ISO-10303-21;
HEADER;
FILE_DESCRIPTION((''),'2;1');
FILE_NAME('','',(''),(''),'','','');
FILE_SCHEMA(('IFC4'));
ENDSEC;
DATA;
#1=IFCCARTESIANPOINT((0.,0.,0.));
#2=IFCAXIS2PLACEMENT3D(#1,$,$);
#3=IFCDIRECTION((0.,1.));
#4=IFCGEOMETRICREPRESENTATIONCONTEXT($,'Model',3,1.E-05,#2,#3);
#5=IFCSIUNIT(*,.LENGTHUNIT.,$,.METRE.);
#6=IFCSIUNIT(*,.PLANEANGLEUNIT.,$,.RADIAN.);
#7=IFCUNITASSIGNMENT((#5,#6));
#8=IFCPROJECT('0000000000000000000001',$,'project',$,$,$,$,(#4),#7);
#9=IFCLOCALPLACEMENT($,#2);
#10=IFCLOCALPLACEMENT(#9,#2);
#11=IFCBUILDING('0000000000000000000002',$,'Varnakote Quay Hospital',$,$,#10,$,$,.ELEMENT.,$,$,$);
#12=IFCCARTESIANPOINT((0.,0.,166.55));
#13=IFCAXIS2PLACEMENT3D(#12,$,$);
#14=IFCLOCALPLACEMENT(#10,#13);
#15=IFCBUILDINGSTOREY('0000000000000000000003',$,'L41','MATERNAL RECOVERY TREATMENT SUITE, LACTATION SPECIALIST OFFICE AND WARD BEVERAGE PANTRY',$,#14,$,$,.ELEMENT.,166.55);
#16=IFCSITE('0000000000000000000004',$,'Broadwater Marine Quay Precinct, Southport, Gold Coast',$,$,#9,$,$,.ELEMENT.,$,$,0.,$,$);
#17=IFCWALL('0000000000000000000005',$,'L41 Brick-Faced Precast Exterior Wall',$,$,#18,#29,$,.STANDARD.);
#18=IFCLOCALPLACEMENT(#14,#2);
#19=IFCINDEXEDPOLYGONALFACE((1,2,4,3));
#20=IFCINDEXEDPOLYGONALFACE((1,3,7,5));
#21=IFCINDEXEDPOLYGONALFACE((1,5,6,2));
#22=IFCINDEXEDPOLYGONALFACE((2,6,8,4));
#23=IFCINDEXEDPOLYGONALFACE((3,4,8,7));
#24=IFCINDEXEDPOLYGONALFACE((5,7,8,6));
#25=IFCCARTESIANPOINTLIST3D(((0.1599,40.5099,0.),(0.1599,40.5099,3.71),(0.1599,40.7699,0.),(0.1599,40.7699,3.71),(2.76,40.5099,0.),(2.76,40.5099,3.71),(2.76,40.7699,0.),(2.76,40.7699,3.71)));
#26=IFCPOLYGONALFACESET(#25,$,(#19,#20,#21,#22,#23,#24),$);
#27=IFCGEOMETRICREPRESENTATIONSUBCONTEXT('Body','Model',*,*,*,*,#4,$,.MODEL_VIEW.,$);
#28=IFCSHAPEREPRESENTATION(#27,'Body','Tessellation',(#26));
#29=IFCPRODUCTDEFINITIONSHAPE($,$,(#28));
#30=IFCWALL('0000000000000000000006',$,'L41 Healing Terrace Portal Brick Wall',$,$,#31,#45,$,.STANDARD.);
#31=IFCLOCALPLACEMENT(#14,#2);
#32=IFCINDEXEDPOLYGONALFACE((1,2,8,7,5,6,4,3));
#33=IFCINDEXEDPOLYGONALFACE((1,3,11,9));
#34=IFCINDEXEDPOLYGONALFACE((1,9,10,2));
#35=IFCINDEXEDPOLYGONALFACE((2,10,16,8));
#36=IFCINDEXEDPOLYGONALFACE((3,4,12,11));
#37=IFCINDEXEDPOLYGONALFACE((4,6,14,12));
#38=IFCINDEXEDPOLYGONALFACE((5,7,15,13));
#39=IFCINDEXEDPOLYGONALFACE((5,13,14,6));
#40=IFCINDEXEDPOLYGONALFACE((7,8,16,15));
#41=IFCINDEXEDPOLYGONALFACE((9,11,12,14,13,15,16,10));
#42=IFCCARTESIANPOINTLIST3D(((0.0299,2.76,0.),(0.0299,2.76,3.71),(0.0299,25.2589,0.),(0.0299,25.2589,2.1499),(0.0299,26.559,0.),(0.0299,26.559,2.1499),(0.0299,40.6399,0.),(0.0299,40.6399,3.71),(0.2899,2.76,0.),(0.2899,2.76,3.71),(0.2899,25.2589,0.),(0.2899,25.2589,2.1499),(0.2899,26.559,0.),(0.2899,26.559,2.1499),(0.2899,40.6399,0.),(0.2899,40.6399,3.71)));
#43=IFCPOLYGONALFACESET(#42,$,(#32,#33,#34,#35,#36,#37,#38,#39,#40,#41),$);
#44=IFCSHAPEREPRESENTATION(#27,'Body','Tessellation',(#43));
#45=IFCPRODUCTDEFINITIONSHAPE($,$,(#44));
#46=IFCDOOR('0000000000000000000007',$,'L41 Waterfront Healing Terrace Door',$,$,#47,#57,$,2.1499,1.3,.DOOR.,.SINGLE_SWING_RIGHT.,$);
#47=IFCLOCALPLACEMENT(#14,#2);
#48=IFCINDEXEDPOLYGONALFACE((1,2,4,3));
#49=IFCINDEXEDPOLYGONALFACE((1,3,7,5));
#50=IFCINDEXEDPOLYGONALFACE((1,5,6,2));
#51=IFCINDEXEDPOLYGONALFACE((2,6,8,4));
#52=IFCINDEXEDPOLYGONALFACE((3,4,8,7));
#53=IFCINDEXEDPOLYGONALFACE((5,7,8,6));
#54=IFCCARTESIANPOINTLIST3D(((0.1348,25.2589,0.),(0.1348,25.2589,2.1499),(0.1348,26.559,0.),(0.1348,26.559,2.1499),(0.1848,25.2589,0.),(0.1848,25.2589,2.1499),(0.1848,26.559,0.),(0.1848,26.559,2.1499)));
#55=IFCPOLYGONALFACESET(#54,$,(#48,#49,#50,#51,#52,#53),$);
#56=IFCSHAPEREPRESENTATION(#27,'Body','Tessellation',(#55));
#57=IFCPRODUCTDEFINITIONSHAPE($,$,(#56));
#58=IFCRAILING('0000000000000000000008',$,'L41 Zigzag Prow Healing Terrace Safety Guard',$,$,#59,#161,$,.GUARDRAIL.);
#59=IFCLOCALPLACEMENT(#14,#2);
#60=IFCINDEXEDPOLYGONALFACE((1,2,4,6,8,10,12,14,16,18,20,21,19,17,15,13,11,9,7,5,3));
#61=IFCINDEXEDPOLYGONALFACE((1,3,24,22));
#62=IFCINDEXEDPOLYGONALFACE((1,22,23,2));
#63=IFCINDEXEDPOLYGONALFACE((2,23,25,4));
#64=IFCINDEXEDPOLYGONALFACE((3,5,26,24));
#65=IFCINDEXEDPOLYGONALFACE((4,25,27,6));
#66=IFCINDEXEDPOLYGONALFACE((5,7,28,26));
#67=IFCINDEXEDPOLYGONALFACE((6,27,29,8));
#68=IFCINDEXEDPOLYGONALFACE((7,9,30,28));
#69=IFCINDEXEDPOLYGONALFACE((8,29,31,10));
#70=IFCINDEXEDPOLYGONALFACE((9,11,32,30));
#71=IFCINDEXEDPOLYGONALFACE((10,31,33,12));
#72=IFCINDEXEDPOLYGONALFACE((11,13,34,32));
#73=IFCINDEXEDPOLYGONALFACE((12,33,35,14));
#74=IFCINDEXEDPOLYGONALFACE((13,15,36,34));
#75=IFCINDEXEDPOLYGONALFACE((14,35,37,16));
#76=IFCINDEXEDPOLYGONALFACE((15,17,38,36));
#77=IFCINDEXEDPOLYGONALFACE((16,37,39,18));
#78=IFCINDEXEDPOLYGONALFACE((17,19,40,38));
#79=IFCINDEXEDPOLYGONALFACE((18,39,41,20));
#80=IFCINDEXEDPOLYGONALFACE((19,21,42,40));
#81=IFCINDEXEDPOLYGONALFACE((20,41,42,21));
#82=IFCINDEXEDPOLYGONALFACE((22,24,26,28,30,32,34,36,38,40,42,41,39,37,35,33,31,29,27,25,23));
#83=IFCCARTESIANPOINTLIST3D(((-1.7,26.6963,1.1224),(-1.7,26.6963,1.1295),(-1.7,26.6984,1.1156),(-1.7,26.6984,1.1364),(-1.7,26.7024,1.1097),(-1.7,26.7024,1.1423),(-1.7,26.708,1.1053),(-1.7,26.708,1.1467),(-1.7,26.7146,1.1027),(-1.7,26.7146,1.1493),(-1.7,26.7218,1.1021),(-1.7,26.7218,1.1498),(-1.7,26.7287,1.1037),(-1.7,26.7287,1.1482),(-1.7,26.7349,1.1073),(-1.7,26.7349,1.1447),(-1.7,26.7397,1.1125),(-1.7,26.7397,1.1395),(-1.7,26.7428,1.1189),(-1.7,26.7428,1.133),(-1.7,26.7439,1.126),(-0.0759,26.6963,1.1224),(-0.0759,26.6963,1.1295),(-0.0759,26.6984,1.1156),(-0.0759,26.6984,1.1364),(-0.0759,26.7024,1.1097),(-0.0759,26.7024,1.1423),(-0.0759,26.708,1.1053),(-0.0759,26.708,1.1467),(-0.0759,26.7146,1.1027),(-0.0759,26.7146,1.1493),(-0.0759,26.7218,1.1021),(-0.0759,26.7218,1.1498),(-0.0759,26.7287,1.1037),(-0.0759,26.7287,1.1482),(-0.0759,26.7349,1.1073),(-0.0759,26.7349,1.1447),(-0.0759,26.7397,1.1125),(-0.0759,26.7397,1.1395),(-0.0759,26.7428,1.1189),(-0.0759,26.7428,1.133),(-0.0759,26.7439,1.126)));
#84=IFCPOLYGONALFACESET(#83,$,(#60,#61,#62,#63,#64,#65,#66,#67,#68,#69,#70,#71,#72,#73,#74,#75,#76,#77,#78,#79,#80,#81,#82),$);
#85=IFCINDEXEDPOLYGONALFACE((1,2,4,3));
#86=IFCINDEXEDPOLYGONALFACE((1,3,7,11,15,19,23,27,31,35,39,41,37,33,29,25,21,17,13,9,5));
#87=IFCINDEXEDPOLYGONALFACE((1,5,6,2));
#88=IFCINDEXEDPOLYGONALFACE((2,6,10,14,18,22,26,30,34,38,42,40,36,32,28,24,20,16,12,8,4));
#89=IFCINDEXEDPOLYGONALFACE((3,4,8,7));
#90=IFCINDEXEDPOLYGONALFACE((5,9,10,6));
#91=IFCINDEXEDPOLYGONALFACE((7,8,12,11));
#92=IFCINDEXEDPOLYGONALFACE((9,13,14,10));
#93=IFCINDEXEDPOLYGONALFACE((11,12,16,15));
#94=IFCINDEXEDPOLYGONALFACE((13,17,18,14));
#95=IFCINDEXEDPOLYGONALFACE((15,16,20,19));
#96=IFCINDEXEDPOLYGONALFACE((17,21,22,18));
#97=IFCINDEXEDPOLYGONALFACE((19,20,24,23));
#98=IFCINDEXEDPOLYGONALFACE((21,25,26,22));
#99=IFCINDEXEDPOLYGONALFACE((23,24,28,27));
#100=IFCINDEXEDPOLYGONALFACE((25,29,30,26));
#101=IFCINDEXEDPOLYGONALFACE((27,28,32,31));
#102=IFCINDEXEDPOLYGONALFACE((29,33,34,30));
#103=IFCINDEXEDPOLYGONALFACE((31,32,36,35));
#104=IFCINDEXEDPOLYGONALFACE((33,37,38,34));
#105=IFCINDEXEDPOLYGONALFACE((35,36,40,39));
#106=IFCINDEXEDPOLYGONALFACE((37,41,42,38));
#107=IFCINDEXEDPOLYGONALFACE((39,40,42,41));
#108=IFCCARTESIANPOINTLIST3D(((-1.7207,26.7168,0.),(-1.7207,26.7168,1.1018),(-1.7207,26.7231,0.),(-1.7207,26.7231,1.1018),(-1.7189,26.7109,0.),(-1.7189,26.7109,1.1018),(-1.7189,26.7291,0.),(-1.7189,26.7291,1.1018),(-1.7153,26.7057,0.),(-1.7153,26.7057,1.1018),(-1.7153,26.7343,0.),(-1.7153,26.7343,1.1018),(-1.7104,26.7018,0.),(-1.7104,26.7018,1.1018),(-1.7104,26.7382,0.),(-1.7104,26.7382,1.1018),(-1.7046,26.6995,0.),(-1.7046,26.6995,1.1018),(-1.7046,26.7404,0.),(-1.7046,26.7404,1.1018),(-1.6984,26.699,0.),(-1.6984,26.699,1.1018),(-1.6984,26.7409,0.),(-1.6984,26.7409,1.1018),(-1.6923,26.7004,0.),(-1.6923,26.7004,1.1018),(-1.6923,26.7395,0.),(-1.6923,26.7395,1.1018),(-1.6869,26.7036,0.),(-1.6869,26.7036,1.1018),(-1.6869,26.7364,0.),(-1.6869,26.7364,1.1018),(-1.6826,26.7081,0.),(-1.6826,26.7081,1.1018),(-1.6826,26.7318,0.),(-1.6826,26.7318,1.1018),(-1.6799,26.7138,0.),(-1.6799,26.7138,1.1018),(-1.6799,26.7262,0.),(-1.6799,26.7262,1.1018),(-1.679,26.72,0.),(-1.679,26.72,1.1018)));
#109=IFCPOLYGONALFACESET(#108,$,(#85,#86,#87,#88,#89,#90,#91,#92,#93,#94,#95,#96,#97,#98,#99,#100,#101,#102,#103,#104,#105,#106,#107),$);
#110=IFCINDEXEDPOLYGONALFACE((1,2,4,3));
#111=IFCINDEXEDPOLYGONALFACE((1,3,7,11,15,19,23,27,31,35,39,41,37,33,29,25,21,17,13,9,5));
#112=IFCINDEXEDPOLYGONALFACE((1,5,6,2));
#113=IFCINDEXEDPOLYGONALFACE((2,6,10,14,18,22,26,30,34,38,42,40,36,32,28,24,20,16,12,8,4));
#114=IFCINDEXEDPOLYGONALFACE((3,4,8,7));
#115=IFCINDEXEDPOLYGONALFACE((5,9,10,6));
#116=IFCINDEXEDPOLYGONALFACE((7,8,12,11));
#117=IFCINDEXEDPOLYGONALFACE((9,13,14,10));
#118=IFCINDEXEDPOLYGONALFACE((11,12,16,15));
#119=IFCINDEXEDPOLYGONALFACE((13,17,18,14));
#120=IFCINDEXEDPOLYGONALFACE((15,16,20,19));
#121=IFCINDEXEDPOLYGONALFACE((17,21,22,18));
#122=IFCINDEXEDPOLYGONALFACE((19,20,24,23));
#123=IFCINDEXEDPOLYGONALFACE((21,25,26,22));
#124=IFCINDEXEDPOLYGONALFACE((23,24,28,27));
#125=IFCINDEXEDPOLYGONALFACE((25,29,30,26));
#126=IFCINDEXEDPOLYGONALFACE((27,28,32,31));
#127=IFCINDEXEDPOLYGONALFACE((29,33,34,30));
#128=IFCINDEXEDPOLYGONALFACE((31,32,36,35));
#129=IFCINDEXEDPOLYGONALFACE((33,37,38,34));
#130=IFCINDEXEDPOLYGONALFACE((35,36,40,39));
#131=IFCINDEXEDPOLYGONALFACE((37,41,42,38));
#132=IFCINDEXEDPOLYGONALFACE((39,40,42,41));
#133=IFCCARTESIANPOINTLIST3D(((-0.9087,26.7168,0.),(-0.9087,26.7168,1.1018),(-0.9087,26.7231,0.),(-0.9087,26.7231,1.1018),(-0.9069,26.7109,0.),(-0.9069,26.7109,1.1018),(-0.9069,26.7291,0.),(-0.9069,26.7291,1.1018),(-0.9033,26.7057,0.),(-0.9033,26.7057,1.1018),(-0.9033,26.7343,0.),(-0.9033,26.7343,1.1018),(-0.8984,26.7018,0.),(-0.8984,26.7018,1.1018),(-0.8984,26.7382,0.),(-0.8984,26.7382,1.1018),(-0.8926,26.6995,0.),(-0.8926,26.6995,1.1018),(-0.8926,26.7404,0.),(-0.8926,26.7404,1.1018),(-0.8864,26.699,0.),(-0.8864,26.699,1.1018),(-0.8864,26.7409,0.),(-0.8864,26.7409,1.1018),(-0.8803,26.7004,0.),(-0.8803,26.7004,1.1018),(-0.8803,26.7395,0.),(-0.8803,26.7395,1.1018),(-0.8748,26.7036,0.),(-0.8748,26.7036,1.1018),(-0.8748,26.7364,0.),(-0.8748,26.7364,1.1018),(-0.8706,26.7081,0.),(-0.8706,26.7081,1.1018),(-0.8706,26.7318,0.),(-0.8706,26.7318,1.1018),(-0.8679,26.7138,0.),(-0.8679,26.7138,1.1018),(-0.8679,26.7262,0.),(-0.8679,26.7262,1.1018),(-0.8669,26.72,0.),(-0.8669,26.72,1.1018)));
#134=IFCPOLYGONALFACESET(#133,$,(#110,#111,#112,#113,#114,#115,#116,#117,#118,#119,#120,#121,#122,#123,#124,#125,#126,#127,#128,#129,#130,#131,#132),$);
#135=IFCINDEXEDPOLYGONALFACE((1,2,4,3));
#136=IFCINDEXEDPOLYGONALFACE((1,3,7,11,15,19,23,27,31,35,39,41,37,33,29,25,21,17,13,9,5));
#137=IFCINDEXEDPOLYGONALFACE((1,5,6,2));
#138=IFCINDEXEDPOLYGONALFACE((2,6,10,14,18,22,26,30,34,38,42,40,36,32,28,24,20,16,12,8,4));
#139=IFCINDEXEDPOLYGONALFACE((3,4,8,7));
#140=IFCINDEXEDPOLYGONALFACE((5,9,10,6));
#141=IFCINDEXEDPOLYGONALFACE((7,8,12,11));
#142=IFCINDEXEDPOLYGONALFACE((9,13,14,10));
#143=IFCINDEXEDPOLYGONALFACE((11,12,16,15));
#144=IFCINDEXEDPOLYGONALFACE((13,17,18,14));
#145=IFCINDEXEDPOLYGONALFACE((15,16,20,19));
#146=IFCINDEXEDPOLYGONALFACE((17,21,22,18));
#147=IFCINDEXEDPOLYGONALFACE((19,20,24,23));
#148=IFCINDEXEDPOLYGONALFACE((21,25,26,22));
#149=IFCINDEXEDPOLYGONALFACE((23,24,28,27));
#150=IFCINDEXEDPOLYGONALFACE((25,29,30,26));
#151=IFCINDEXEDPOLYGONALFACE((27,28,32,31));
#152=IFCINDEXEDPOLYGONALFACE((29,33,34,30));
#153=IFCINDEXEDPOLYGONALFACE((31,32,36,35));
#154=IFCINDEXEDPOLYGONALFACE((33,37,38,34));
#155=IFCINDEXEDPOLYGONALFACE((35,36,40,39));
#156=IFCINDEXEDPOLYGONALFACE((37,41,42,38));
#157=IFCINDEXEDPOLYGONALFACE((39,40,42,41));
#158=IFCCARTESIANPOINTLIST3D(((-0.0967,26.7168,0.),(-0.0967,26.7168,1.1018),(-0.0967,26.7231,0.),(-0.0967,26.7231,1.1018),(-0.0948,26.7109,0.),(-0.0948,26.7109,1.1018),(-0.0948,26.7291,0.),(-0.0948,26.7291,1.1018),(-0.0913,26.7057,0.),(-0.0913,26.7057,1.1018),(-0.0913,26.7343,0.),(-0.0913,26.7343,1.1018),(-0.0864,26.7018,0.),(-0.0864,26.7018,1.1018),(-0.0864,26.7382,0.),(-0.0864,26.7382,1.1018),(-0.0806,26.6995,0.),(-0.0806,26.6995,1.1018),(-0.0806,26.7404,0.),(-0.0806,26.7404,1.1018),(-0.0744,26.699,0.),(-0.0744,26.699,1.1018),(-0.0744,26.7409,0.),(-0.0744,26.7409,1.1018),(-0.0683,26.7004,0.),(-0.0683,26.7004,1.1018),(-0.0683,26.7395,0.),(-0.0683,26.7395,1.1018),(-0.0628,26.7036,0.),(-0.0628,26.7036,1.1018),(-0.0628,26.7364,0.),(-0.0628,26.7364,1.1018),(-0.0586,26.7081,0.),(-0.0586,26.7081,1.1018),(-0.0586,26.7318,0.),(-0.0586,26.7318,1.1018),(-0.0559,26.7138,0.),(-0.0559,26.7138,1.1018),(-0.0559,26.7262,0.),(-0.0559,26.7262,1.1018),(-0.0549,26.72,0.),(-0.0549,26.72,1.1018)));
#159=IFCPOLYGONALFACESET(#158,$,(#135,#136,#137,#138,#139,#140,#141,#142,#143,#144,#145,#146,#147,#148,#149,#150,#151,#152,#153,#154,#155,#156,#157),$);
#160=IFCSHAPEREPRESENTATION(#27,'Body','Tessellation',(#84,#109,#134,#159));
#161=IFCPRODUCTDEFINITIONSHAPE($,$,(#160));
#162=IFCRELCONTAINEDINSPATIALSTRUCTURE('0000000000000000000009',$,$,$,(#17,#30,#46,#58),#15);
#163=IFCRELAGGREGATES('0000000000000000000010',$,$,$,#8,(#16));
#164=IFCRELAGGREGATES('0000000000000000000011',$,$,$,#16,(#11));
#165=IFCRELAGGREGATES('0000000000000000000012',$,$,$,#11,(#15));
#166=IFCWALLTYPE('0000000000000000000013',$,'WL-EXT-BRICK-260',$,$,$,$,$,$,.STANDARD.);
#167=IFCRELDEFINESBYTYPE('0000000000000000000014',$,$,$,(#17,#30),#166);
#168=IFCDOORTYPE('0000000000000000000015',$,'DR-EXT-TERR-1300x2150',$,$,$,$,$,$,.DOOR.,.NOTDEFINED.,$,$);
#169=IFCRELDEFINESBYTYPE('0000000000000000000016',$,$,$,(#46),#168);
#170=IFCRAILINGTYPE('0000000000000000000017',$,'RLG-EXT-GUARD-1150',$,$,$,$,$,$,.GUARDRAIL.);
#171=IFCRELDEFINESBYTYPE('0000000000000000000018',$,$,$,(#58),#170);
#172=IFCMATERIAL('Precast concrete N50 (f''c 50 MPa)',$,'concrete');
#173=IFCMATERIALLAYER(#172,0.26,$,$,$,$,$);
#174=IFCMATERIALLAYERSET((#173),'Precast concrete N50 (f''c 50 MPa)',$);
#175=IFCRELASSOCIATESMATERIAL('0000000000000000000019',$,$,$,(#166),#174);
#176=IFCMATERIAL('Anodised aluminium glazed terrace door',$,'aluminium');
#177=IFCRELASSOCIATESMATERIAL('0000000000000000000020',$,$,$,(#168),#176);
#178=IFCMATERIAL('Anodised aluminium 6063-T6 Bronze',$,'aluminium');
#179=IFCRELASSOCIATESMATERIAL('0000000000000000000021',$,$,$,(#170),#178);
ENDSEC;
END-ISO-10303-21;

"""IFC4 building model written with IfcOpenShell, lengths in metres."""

from ifc_helpers import new_model, si_unit, direction, frame, frame_2d, origin, origin_2d, place, context, subcontext, project, spatial, rectangle, circle, extrude, material, layer, layer_set, type_object, element, fill, save


model = new_model("IFC4")

# Units and contexts
model_context = context("Model", 3, precision=1e-05, world=origin(), true_north=direction((0.0, 1.0)))
body_context = subcontext(model_context, "Body", "Model", "MODEL_VIEW")
ifc_project = project(units=[si_unit("LENGTHUNIT", "METRE"), si_unit("PLANEANGLEUNIT", "RADIAN")], contexts=[model_context])

# Site, building, storey
site_placement = place(None, origin())
site = spatial("IfcSite", under=ifc_project, at=site_placement, Name="Broadwater Marine Quay Precinct, Southport, Gold Coast", CompositionType="ELEMENT", RefElevation=0.0)
building_placement = place(site_placement, origin())
building = spatial("IfcBuilding", under=site, at=building_placement, Name="Varnakote Quay Hospital", CompositionType="ELEMENT")
storey_placement = place(building_placement, frame((0.0, 0.0, 166.55)))
storey = spatial("IfcBuildingStorey", under=building, at=storey_placement, Name="L41", Description="MATERNAL RECOVERY TREATMENT SUITE, LACTATION SPECIALIST OFFICE AND WARD BEVERAGE PANTRY", CompositionType="ELEMENT", Elevation=166.55)

# Shared definitions
ifc_material_1 = material(Name="Precast concrete N50 (f'c 50 MPa)", Category="concrete")
ifc_layer = layer(ifc_material_1, 0.26)
ifc_layer_set = layer_set([ifc_layer], Name="Precast concrete N50 (f'c 50 MPa)")
wall_type = type_object("IfcWallType", Name="WL-EXT-BRICK-260", PredefinedType="STANDARD", material=ifc_layer_set)

# Wall
wall_1_placement = place(storey_placement, frame((2.76, 40.6399, 0.0), z_axis=(0.0, 0.0, 1.0), x_axis=(-1.0, 0.0, 0.0)))
element("IfcWall", 1, at=wall_1_placement, inside=storey, type_object=wall_type, Name="L41 Brick-Faced Precast Exterior Wall", PredefinedType="STANDARD", context=body_context, shape_type="SweptSolid", body=[
    extrude(rectangle(XDim=2.6001, YDim=0.26, at=frame_2d((1.3, 0.0))), origin(), (0.0, 0.0, 1.0), 3.71),
])

# Wall, opening, door
wall_2_placement = place(storey_placement, frame((0.1599, 40.6399, 0.0), z_axis=(0.0, 0.0, 1.0), x_axis=(0.0, -1.0, 0.0)))
wall_2 = element("IfcWall", 2, at=wall_2_placement, inside=storey, type_object=wall_type, Name="L41 Healing Terrace Portal Brick Wall", PredefinedType="STANDARD", context=body_context, shape_type="SweptSolid", body=[
    extrude(rectangle(XDim=37.8799, YDim=0.26, at=frame_2d((18.9399, 0.0))), origin(), (0.0, 0.0, 1.0), 3.71),
])
opening_1_placement = place(wall_2_placement, frame((14.0811, 0.0, 0.0)))
opening_1 = element("IfcOpeningElement", 3, at=opening_1_placement, cuts=wall_2, PredefinedType="OPENING", context=body_context, shape_type="SweptSolid", body=[
    extrude(rectangle(XDim=1.3, YDim=2.1499, at=frame_2d((0.6499, 1.075))), frame((0.0, 0.1399, 0.0), z_axis=(0.0, -1.0, 0.0), x_axis=(1.0, 0.0, 0.0)), (0.0, 0.0, 1.0), 0.28),
])
ifc_material_2 = material(Name="Anodised aluminium glazed terrace door", Category="aluminium")
door_type = type_object("IfcDoorType", Name="DR-EXT-TERR-1300x2150", OperationType="NOTDEFINED", PredefinedType="DOOR", material=ifc_material_2)
door_placement = place(opening_1_placement, origin())
door = element("IfcDoor", 4, at=door_placement, inside=storey, type_object=door_type, Name="L41 Waterfront Healing Terrace Door", OperationType="SINGLE_SWING_RIGHT", OverallHeight=2.1499, OverallWidth=1.3, PredefinedType="DOOR", context=body_context, shape_type="SweptSolid", body=[
    extrude(rectangle(XDim=1.3, YDim=2.1499, at=frame_2d((0.6499, 1.075))), frame((0.0, 0.0249, 0.0), z_axis=(0.0, -1.0, 0.0), x_axis=(1.0, 0.0, 0.0)), (0.0, 0.0, 1.0), 0.05),
])
fill(opening_1, door)

# Railing
ifc_material_3 = material(Name="Anodised aluminium 6063-T6 Bronze", Category="aluminium")
railing_type = type_object("IfcRailingType", Name="RLG-EXT-GUARD-1150", PredefinedType="GUARDRAIL", material=ifc_material_3)
railing_1_placement = place(storey_placement, frame((-1.7, 26.72, 0.0)))
element("IfcRailing", 5, at=railing_1_placement, inside=storey, type_object=railing_type, Name="L41 Zigzag Prow Healing Terrace Safety Guard", PredefinedType="GUARDRAIL", context=body_context, shape_type="SweptSolid", body=[
    extrude(circle(Radius=0.0239, at=origin_2d()), frame((0.0, 0.0, 1.126), z_axis=(1.0, 0.0, 0.0), x_axis=(0.0, 1.0, 0.0)), (0.0, 0.0, 1.0), 1.624),
    extrude(circle(Radius=0.021, at=origin_2d()), origin(), (0.0, 0.0, 1.0), 1.1018),
    extrude(circle(Radius=0.021, at=origin_2d()), frame((0.812, 0.0, 0.0)), (0.0, 0.0, 1.0), 1.1018),
    extrude(circle(Radius=0.021, at=origin_2d()), frame((1.624, 0.0, 0.0)), (0.0, 0.0, 1.0), 1.1018),
])

save(model, "model.ifc")
